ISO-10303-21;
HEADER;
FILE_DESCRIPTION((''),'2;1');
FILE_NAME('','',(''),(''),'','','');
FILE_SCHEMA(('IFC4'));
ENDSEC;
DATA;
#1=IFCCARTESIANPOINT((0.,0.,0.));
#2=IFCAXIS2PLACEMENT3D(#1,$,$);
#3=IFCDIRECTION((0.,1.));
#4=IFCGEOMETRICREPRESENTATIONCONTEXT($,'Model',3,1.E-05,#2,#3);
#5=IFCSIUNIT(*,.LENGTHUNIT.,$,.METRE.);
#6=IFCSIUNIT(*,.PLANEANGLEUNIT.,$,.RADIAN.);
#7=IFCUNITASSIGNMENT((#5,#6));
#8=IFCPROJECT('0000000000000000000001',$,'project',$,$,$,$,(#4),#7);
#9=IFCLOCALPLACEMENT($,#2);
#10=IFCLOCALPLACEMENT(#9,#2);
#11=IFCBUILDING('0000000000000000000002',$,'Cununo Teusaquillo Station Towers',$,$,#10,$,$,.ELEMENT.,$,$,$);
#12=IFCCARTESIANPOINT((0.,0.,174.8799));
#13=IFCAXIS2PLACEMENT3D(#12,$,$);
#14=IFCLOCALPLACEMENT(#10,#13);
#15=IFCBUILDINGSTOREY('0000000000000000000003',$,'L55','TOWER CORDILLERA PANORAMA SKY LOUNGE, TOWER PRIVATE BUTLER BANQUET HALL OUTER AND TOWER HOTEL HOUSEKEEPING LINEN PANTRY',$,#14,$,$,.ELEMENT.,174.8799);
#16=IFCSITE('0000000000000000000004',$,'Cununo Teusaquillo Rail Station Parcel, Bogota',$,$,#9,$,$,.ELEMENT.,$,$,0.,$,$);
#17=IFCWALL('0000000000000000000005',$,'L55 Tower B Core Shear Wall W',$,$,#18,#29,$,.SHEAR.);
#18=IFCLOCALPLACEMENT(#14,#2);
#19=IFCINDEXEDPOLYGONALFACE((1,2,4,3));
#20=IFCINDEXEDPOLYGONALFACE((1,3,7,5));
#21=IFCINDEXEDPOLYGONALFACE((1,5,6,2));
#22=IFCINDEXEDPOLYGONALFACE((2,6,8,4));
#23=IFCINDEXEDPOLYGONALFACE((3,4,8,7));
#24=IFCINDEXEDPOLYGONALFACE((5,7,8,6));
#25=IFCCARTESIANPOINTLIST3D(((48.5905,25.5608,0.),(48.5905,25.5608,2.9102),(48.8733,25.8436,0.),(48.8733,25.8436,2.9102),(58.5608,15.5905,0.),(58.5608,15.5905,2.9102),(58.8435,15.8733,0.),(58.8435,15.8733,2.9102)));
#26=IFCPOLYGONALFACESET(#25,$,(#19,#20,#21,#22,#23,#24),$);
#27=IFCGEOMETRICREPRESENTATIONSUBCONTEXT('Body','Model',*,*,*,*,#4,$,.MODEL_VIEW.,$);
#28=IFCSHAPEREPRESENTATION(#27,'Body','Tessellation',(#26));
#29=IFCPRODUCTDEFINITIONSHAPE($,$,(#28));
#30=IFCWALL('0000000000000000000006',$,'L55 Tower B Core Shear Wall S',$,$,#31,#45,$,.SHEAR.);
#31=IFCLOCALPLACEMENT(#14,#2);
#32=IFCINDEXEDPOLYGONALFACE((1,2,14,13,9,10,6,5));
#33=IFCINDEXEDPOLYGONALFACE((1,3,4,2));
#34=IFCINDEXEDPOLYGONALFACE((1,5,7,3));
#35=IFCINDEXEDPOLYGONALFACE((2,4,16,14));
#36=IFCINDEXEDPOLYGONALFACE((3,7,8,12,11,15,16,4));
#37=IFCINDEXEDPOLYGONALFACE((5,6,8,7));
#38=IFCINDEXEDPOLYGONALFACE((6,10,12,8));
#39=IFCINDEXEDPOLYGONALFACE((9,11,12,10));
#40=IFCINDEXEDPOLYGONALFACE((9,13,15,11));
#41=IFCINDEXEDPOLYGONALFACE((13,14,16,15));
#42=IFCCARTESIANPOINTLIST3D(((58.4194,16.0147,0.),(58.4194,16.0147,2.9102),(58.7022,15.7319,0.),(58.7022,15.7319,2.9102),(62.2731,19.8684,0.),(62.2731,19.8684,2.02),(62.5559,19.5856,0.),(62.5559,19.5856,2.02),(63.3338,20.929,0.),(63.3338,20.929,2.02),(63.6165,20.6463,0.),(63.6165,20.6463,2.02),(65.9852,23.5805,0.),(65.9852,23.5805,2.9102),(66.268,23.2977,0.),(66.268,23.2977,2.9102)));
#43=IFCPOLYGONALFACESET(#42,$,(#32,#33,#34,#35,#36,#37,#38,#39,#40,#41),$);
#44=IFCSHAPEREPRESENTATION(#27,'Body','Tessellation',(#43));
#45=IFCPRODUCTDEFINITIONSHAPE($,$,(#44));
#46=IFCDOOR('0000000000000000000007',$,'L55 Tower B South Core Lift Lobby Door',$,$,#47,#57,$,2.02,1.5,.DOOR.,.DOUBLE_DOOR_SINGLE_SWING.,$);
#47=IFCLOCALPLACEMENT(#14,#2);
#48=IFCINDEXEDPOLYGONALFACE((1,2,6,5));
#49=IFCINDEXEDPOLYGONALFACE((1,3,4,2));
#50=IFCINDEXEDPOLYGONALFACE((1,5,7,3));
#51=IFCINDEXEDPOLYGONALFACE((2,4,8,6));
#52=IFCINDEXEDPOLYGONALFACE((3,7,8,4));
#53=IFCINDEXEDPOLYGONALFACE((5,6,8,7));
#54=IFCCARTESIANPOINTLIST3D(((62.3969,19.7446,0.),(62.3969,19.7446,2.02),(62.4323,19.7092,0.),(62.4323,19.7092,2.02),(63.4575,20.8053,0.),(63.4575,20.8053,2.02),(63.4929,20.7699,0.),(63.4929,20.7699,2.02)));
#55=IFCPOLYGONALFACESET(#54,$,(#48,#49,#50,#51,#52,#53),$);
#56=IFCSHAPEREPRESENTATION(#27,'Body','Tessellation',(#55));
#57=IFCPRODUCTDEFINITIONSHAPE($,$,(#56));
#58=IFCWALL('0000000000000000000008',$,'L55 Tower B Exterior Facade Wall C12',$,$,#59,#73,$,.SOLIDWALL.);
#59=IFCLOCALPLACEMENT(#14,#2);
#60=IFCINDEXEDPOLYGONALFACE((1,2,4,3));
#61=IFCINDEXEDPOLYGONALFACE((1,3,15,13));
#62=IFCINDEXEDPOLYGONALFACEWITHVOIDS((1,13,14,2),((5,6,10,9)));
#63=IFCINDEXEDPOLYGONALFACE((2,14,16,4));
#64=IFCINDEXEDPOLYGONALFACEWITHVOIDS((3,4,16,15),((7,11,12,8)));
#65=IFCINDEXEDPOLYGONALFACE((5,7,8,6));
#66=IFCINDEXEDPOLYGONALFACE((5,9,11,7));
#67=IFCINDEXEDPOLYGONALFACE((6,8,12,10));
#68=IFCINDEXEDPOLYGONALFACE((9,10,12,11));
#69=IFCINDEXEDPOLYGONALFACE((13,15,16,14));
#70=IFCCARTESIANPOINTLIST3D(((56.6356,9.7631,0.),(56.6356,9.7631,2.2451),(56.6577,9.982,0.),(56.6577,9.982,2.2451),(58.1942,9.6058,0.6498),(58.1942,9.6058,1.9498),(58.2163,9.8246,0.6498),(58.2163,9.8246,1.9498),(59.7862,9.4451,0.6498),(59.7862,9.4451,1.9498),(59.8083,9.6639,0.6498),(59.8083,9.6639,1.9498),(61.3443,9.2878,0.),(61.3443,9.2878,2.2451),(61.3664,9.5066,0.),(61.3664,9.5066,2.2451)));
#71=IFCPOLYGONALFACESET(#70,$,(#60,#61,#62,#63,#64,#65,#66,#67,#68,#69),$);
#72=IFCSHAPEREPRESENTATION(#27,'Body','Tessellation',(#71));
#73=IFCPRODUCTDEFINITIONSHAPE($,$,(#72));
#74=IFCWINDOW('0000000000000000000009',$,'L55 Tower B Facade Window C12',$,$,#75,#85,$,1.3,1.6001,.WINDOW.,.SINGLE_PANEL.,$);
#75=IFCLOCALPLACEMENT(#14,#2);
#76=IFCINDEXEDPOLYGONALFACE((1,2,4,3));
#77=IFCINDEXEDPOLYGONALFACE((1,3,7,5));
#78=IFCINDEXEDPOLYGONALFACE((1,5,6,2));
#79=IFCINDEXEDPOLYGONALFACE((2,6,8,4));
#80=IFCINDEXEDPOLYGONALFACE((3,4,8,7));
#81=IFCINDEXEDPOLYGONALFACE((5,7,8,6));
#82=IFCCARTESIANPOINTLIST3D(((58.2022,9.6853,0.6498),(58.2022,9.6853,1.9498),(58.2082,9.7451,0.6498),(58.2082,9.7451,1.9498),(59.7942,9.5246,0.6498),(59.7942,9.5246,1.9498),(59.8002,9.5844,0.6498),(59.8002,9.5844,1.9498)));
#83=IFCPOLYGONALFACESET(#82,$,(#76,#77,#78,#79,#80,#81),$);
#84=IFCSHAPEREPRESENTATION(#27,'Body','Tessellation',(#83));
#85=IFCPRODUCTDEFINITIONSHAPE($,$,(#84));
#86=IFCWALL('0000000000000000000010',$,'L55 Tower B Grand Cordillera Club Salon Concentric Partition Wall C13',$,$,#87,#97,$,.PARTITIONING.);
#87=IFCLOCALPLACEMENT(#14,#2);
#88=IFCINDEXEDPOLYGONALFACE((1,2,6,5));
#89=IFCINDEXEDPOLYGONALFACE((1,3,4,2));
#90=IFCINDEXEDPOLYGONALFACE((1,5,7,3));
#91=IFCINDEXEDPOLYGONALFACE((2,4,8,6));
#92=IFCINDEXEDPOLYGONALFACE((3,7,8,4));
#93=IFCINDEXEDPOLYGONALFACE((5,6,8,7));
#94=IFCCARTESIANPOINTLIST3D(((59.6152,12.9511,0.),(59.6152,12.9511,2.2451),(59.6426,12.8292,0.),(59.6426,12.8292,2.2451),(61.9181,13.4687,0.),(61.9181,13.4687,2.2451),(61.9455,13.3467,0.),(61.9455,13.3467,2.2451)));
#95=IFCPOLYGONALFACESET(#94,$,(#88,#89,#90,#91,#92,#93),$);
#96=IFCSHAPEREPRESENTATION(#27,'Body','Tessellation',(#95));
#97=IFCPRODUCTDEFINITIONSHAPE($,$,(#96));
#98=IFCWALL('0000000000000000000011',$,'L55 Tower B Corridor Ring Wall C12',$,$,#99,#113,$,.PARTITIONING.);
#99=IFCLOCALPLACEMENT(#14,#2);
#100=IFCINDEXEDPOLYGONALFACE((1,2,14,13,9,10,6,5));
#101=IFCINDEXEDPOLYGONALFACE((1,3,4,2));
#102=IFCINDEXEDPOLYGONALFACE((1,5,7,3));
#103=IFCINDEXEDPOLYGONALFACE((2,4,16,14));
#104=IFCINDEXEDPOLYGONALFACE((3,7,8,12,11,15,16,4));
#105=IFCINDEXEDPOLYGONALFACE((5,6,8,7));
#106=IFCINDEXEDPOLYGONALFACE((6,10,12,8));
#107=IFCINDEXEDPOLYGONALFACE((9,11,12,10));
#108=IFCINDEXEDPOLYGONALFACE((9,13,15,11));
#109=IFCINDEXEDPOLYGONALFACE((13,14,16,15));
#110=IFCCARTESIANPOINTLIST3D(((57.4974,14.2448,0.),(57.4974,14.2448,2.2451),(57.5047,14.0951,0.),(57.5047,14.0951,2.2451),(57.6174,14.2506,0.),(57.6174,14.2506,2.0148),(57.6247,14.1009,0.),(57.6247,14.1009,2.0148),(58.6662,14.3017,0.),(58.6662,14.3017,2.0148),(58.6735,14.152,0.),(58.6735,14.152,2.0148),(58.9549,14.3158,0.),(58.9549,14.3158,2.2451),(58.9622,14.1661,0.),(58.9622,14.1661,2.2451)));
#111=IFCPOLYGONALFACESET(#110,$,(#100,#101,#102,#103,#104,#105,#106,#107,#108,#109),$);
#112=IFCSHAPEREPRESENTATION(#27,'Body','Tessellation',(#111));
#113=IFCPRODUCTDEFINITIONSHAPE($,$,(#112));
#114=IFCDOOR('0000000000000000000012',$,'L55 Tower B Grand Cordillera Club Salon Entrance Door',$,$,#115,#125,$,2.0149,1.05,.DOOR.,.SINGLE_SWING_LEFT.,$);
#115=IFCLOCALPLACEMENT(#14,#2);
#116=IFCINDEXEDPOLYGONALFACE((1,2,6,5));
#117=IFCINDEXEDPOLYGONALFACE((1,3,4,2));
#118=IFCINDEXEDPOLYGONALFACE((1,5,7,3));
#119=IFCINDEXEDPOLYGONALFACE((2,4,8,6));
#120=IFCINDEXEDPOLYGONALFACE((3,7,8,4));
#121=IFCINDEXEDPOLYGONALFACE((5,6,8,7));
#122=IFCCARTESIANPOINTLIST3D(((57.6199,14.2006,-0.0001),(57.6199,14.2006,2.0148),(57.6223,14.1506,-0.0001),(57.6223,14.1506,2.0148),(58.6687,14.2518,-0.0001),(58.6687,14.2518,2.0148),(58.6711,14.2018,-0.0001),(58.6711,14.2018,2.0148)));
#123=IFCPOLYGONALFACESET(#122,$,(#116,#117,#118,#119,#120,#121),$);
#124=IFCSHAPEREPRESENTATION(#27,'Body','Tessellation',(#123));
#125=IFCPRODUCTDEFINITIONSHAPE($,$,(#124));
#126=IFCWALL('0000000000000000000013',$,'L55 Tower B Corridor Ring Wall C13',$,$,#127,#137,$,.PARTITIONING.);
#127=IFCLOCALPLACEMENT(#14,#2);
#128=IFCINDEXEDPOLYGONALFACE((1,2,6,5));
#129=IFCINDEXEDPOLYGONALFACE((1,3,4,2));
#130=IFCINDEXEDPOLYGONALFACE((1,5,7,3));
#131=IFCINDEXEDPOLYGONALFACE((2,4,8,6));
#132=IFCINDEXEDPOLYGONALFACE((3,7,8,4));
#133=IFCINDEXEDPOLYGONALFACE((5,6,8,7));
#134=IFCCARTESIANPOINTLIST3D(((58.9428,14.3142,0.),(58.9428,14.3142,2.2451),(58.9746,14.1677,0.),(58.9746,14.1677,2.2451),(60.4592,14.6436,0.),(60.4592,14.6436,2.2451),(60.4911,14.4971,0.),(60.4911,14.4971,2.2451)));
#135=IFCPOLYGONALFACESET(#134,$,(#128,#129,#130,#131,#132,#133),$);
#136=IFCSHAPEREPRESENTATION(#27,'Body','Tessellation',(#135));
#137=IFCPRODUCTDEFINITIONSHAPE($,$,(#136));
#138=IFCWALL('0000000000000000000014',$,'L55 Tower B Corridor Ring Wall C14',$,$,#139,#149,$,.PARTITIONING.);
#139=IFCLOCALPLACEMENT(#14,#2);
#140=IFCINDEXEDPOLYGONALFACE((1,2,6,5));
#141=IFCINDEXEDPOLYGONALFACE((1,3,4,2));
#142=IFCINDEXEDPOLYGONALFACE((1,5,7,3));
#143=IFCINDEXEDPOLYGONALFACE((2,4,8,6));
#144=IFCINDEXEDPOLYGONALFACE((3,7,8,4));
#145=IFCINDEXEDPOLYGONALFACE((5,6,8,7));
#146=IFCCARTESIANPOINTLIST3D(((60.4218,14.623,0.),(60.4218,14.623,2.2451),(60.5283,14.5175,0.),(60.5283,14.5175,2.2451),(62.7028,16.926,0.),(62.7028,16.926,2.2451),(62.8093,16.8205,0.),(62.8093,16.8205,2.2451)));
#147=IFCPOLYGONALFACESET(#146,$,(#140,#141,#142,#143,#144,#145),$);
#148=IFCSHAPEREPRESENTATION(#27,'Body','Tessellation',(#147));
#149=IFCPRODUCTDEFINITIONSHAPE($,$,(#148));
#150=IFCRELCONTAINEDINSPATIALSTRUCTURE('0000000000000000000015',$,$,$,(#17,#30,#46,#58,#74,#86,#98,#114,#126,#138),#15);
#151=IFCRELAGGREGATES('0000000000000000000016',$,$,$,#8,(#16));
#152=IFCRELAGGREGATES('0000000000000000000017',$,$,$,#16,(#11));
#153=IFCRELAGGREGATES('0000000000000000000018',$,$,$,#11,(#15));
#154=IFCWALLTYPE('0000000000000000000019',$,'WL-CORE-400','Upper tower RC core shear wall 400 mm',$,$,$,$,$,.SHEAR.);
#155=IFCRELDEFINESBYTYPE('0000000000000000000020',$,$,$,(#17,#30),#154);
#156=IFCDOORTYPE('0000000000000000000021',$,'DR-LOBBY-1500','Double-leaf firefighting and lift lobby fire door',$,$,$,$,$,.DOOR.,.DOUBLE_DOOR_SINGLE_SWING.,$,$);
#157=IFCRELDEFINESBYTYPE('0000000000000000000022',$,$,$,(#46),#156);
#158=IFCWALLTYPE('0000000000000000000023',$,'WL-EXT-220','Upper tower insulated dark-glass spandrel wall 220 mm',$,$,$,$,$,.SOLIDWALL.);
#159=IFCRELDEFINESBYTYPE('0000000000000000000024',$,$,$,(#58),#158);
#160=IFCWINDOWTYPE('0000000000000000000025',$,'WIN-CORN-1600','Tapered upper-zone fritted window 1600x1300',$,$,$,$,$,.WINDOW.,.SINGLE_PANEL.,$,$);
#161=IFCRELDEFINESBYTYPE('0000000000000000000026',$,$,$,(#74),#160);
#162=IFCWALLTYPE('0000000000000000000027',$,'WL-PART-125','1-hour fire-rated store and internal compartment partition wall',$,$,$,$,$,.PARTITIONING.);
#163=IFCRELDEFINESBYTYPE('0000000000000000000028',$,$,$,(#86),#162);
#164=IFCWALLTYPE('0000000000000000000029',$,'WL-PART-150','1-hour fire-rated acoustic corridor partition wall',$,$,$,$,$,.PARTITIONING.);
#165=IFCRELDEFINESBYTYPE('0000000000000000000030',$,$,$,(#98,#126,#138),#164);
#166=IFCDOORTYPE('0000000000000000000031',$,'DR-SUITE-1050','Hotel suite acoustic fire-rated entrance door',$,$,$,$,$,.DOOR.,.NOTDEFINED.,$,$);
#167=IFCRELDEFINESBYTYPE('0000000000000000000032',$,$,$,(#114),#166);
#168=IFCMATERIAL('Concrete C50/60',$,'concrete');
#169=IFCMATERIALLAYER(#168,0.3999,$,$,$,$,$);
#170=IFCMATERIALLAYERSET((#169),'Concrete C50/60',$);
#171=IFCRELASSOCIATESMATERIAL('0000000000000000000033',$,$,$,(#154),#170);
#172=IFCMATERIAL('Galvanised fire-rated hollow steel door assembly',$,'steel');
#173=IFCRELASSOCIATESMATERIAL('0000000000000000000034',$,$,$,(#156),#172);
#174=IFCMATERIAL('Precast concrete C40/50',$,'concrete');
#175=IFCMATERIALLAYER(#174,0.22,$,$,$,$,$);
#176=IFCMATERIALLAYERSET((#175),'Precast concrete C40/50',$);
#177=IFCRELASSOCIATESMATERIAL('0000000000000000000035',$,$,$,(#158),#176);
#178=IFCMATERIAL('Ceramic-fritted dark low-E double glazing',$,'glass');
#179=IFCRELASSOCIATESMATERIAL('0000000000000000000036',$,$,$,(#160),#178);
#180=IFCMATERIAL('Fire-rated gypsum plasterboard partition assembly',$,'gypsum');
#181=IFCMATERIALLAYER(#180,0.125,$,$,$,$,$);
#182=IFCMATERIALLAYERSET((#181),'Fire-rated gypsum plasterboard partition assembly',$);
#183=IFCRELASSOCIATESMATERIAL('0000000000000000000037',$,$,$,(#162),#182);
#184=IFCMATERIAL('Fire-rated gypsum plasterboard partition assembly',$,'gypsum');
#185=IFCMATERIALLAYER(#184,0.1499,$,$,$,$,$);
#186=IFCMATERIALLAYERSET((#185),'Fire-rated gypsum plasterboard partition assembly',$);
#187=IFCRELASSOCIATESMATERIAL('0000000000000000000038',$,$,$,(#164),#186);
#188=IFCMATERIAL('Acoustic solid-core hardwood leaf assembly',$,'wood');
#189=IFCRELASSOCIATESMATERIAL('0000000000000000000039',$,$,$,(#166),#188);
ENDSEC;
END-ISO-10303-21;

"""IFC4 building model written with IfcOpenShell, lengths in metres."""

from ifc_helpers import new_model, si_unit, direction, frame, frame_2d, origin, place, context, subcontext, project, spatial, rectangle, extrude, source, transform, mapped, material, layer, layer_set, type_object, element, fill, save


model = new_model("IFC4")

# Units and contexts
model_context = context("Model", 3, precision=1e-05, world=origin(), true_north=direction((0.0, 1.0)))
body_context = subcontext(model_context, "Body", "Model", "MODEL_VIEW")
ifc_project = project(units=[si_unit("LENGTHUNIT", "METRE"), si_unit("PLANEANGLEUNIT", "RADIAN")], contexts=[model_context])

# Site, building, storey
site_placement = place(None, origin())
site = spatial("IfcSite", under=ifc_project, at=site_placement, Name="Cununo Teusaquillo Rail Station Parcel, Bogota", CompositionType="ELEMENT", RefElevation=0.0)
building_placement = place(site_placement, origin())
building = spatial("IfcBuilding", under=site, at=building_placement, Name="Cununo Teusaquillo Station Towers", CompositionType="ELEMENT")
storey_placement = place(building_placement, frame((0.0, 0.0, 174.8799)))
storey = spatial("IfcBuildingStorey", under=building, at=storey_placement, Name="L55", Description="TOWER CORDILLERA PANORAMA SKY LOUNGE, TOWER PRIVATE BUTLER BANQUET HALL OUTER AND TOWER HOTEL HOUSEKEEPING LINEN PANTRY", CompositionType="ELEMENT", Elevation=174.8799)

# Wall
ifc_material_1 = material(Name="Concrete C50/60", Category="concrete")
ifc_layer_1 = layer(ifc_material_1, 0.3999)
ifc_layer_set_1 = layer_set([ifc_layer_1], Name="Concrete C50/60")
wall_type_1 = type_object("IfcWallType", Name="WL-CORE-400", Description="Upper tower RC core shear wall 400 mm", PredefinedType="SHEAR", material=ifc_layer_set_1)
wall_1_placement = place(storey_placement, frame((58.7021, 15.7319, 0.0), z_axis=(0.0, 0.0, 1.0), x_axis=(-0.707107, 0.707107, 0.0)))
element("IfcWall", 1, at=wall_1_placement, inside=storey, type_object=wall_type_1, Name="L55 Tower B Core Shear Wall W", PredefinedType="SHEAR", context=body_context, shape_type="SweptSolid", body=[
    extrude(rectangle(XDim=14.1001, YDim=0.3999, at=frame_2d((7.05, 0.0))), origin(), (0.0, 0.0, 1.0), 2.9102),
])

# Wall, opening, door
wall_2_placement = place(storey_placement, frame((58.5608, 15.8733, 0.0), z_axis=(0.0, 0.0, 1.0), x_axis=(0.707107, 0.707107, 0.0)))
wall_2 = element("IfcWall", 2, at=wall_2_placement, inside=storey, type_object=wall_type_1, Name="L55 Tower B Core Shear Wall S", PredefinedType="SHEAR", context=body_context, shape_type="SweptSolid", body=[
    extrude(rectangle(XDim=10.6997, YDim=0.3999, at=frame_2d((5.3499, 0.0))), origin(), (0.0, 0.0, 1.0), 2.9102),
])
shared_shape_1 = source(origin(), body_context, "Body", "SweptSolid", [
    extrude(rectangle(XDim=1.5, YDim=2.02, at=frame_2d((0.75, 1.01))), frame((0.0, 0.21, 0.0), z_axis=(0.0, -1.0, 0.0), x_axis=(1.0, 0.0, 0.0)), (0.0, 0.0, 1.0), 0.4199),
])
opening_1_placement = place(wall_2_placement, frame((5.45, 0.0, 0.0)))
opening_1 = element("IfcOpeningElement", 3, at=opening_1_placement, cuts=wall_2, PredefinedType="OPENING", context=body_context, shape_type="MappedRepresentation", body=[
    mapped(shared_shape_1, transform((0.0, 0.0, 0.0), x_axis=(1.0, 0.0, 0.0), y_axis=(0.0, 1.0, 0.0), z_axis=(0.0, 0.0, 1.0), scale=1.0)),
])
ifc_material_2 = material(Name="Galvanised fire-rated hollow steel door assembly", Category="steel")
door_type_1 = type_object("IfcDoorType", Name="DR-LOBBY-1500", Description="Double-leaf firefighting and lift lobby fire door", OperationType="DOUBLE_DOOR_SINGLE_SWING", PredefinedType="DOOR", material=ifc_material_2)
shared_shape_2 = source(origin(), body_context, "Body", "SweptSolid", [
    extrude(rectangle(XDim=1.5, YDim=2.02, at=frame_2d((0.75, 1.01))), frame((0.0, 0.0249, 0.0), z_axis=(0.0, -1.0, 0.0), x_axis=(1.0, 0.0, 0.0)), (0.0, 0.0, 1.0), 0.05),
])
door_1_placement = place(opening_1_placement, origin())
door_1 = element("IfcDoor", 4, at=door_1_placement, inside=storey, type_object=door_type_1, Name="L55 Tower B South Core Lift Lobby Door", OperationType="DOUBLE_DOOR_SINGLE_SWING", OverallHeight=2.02, OverallWidth=1.5, PredefinedType="DOOR", context=body_context, shape_type="MappedRepresentation", body=[
    mapped(shared_shape_2, transform((0.0, 0.0, 0.0), x_axis=(1.0, 0.0, 0.0), y_axis=(0.0, 1.0, 0.0), z_axis=(0.0, 0.0, 1.0), scale=1.0)),
])
fill(opening_1, door_1)

# Wall, opening, window
ifc_material_3 = material(Name="Precast concrete C40/50", Category="concrete")
ifc_layer_2 = layer(ifc_material_3, 0.22)
ifc_layer_set_2 = layer_set([ifc_layer_2], Name="Precast concrete C40/50")
wall_type_2 = type_object("IfcWallType", Name="WL-EXT-220", Description="Upper tower insulated dark-glass spandrel wall 220 mm", PredefinedType="SOLIDWALL", material=ifc_layer_set_2)
wall_3_placement = place(storey_placement, frame((61.3552, 9.3972, 0.0), z_axis=(0.0, 0.0, 1.0), x_axis=(-0.994943, 0.100438, 0.0)))
wall_3 = element("IfcWall", 5, at=wall_3_placement, inside=storey, type_object=wall_type_2, Name="L55 Tower B Exterior Facade Wall C12", PredefinedType="SOLIDWALL", context=body_context, shape_type="SweptSolid", body=[
    extrude(rectangle(XDim=4.7327, YDim=0.22, at=frame_2d((2.3662, 0.0))), origin(), (0.0, 0.0, 1.0), 2.2451),
])
shared_shape_3 = source(origin(), body_context, "Body", "SweptSolid", [
    extrude(rectangle(XDim=1.6001, YDim=1.3, at=frame_2d((0.8, 0.6499))), frame((0.0, 0.1199, 0.0), z_axis=(0.0, -1.0, 0.0), x_axis=(1.0, 0.0, 0.0)), (0.0, 0.0, 1.0), 0.24),
])
opening_2_placement = place(wall_3_placement, frame((1.5659, 0.0, 0.6499)))
opening_2 = element("IfcOpeningElement", 6, at=opening_2_placement, cuts=wall_3, PredefinedType="OPENING", context=body_context, shape_type="MappedRepresentation", body=[
    mapped(shared_shape_3, transform((0.0, 0.0, 0.0), x_axis=(1.0, 0.0, 0.0), y_axis=(0.0, 1.0, 0.0), z_axis=(0.0, 0.0, 1.0), scale=1.0)),
])
ifc_material_4 = material(Name="Ceramic-fritted dark low-E double glazing", Category="glass")
window_type = type_object("IfcWindowType", Name="WIN-CORN-1600", Description="Tapered upper-zone fritted window 1600x1300", PartitioningType="SINGLE_PANEL", PredefinedType="WINDOW", material=ifc_material_4)
shared_shape_4 = source(origin(), body_context, "Body", "SweptSolid", [
    extrude(rectangle(XDim=1.6001, YDim=1.3, at=frame_2d((0.8, 0.6499))), frame((0.0, 0.03, 0.0), z_axis=(0.0, -1.0, 0.0), x_axis=(1.0, 0.0, 0.0)), (0.0, 0.0, 1.0), 0.0601),
])
window_placement = place(opening_2_placement, origin())
window = element("IfcWindow", 7, at=window_placement, inside=storey, type_object=window_type, Name="L55 Tower B Facade Window C12", OverallHeight=1.3, OverallWidth=1.6001, PartitioningType="SINGLE_PANEL", PredefinedType="WINDOW", context=body_context, shape_type="MappedRepresentation", body=[
    mapped(shared_shape_4, transform((0.0, 0.0, 0.0), x_axis=(1.0, 0.0, 0.0), y_axis=(0.0, 1.0, 0.0), z_axis=(0.0, 0.0, 1.0), scale=1.0)),
])
fill(opening_2, window)

# Wall
ifc_material_5 = material(Name="Fire-rated gypsum plasterboard partition assembly", Category="gypsum")
ifc_layer_3 = layer(ifc_material_5, 0.125)
ifc_layer_set_3 = layer_set([ifc_layer_3], Name="Fire-rated gypsum plasterboard partition assembly")
wall_type_3 = type_object("IfcWallType", Name="WL-PART-125", Description="1-hour fire-rated store and internal compartment partition wall", PredefinedType="PARTITIONING", material=ifc_layer_set_3)
wall_4_placement = place(storey_placement, frame((59.6289, 12.8901, 0.0), z_axis=(0.0, 0.0, 1.0), x_axis=(0.975663, 0.219273, 0.0)))
element("IfcWall", 8, at=wall_4_placement, inside=storey, type_object=wall_type_3, Name="L55 Tower B Grand Cordillera Club Salon Concentric Partition Wall C13", PredefinedType="PARTITIONING", context=body_context, shape_type="SweptSolid", body=[
    extrude(rectangle(XDim=2.3604, YDim=0.125, at=frame_2d((1.1802, 0.0))), origin(), (0.0, 0.0, 1.0), 2.2451),
])

# Wall, opening, door
ifc_material_6 = material(Name="Fire-rated gypsum plasterboard partition assembly", Category="gypsum")
ifc_layer_4 = layer(ifc_material_6, 0.1499)
ifc_layer_set_4 = layer_set([ifc_layer_4], Name="Fire-rated gypsum plasterboard partition assembly")
wall_type_4 = type_object("IfcWallType", Name="WL-PART-150", Description="1-hour fire-rated acoustic corridor partition wall", PredefinedType="PARTITIONING", material=ifc_layer_set_4)
wall_5_placement = place(storey_placement, frame((57.5012, 14.1699, 0.0), z_axis=(0.0, 0.0, 1.0), x_axis=(0.998814, 0.048686, 0.0)))
wall_5 = element("IfcWall", 9, at=wall_5_placement, inside=storey, type_object=wall_type_4, Name="L55 Tower B Corridor Ring Wall C12", PredefinedType="PARTITIONING", context=body_context, shape_type="SweptSolid", body=[
    extrude(rectangle(XDim=1.4592, YDim=0.1499, at=frame_2d((0.7295, 0.0))), origin(), (0.0, 0.0, 1.0), 2.2451),
])
shared_shape_5 = source(origin(), body_context, "Body", "SweptSolid", [
    extrude(rectangle(XDim=1.05, YDim=2.0149, at=frame_2d((0.5249, 1.0073))), frame((0.0, 0.085, 0.0), z_axis=(0.0, -1.0, 0.0), x_axis=(1.0, 0.0, 0.0)), (0.0, 0.0, 1.0), 0.1699),
])
opening_3_placement = place(wall_5_placement, frame((0.1201, 0.0, 0.0)))
opening_3 = element("IfcOpeningElement", 10, at=opening_3_placement, cuts=wall_5, PredefinedType="OPENING", context=body_context, shape_type="MappedRepresentation", body=[
    mapped(shared_shape_5, transform((0.0, 0.0, 0.0), x_axis=(1.0, 0.0, 0.0), y_axis=(0.0, 1.0, 0.0), z_axis=(0.0, 0.0, 1.0), scale=1.0)),
])
ifc_material_7 = material(Name="Acoustic solid-core hardwood leaf assembly", Category="wood")
door_type_2 = type_object("IfcDoorType", Name="DR-SUITE-1050", Description="Hotel suite acoustic fire-rated entrance door", OperationType="NOTDEFINED", PredefinedType="DOOR", material=ifc_material_7)
shared_shape_6 = source(origin(), body_context, "Body", "SweptSolid", [
    extrude(rectangle(XDim=1.05, YDim=2.0149, at=frame_2d((0.5249, 1.0073))), frame((0.0, 0.0249, 0.0), z_axis=(0.0, -1.0, 0.0), x_axis=(1.0, 0.0, 0.0)), (0.0, 0.0, 1.0), 0.05),
])
door_2_placement = place(opening_3_placement, origin())
door_2 = element("IfcDoor", 11, at=door_2_placement, inside=storey, type_object=door_type_2, Name="L55 Tower B Grand Cordillera Club Salon Entrance Door", OperationType="SINGLE_SWING_LEFT", OverallHeight=2.0149, OverallWidth=1.05, PredefinedType="DOOR", context=body_context, shape_type="MappedRepresentation", body=[
    mapped(shared_shape_6, transform((0.0, 0.0, 0.0), x_axis=(1.0, 0.0, 0.0), y_axis=(0.0, 1.0, 0.0), z_axis=(0.0, 0.0, 1.0), scale=1.0)),
])
fill(opening_3, door_2)

# Walls
wall_6_placement = place(storey_placement, frame((58.9587, 14.241, 0.0), z_axis=(0.0, 0.0, 1.0), x_axis=(0.977216, 0.212247, 0.0)))
element("IfcWall", 12, at=wall_6_placement, inside=storey, type_object=wall_type_4, Name="L55 Tower B Corridor Ring Wall C13", PredefinedType="PARTITIONING", context=body_context, shape_type="SweptSolid", body=[
    extrude(rectangle(XDim=1.5518, YDim=0.1499, at=frame_2d((0.7759, 0.0))), origin(), (0.0, 0.0, 1.0), 2.2451),
])
wall_7_placement = place(storey_placement, frame((60.4751, 14.5703, 0.0), z_axis=(0.0, 0.0, 1.0), x_axis=(0.703709, 0.710488, 0.0)))
element("IfcWall", 13, at=wall_7_placement, inside=storey, type_object=wall_type_4, Name="L55 Tower B Corridor Ring Wall C14", PredefinedType="PARTITIONING", context=body_context, shape_type="SweptSolid", body=[
    extrude(rectangle(XDim=3.2415, YDim=0.1499, at=frame_2d((1.6206, 0.0))), origin(), (0.0, 0.0, 1.0), 2.2451),
])

save(model, "model.ifc")
